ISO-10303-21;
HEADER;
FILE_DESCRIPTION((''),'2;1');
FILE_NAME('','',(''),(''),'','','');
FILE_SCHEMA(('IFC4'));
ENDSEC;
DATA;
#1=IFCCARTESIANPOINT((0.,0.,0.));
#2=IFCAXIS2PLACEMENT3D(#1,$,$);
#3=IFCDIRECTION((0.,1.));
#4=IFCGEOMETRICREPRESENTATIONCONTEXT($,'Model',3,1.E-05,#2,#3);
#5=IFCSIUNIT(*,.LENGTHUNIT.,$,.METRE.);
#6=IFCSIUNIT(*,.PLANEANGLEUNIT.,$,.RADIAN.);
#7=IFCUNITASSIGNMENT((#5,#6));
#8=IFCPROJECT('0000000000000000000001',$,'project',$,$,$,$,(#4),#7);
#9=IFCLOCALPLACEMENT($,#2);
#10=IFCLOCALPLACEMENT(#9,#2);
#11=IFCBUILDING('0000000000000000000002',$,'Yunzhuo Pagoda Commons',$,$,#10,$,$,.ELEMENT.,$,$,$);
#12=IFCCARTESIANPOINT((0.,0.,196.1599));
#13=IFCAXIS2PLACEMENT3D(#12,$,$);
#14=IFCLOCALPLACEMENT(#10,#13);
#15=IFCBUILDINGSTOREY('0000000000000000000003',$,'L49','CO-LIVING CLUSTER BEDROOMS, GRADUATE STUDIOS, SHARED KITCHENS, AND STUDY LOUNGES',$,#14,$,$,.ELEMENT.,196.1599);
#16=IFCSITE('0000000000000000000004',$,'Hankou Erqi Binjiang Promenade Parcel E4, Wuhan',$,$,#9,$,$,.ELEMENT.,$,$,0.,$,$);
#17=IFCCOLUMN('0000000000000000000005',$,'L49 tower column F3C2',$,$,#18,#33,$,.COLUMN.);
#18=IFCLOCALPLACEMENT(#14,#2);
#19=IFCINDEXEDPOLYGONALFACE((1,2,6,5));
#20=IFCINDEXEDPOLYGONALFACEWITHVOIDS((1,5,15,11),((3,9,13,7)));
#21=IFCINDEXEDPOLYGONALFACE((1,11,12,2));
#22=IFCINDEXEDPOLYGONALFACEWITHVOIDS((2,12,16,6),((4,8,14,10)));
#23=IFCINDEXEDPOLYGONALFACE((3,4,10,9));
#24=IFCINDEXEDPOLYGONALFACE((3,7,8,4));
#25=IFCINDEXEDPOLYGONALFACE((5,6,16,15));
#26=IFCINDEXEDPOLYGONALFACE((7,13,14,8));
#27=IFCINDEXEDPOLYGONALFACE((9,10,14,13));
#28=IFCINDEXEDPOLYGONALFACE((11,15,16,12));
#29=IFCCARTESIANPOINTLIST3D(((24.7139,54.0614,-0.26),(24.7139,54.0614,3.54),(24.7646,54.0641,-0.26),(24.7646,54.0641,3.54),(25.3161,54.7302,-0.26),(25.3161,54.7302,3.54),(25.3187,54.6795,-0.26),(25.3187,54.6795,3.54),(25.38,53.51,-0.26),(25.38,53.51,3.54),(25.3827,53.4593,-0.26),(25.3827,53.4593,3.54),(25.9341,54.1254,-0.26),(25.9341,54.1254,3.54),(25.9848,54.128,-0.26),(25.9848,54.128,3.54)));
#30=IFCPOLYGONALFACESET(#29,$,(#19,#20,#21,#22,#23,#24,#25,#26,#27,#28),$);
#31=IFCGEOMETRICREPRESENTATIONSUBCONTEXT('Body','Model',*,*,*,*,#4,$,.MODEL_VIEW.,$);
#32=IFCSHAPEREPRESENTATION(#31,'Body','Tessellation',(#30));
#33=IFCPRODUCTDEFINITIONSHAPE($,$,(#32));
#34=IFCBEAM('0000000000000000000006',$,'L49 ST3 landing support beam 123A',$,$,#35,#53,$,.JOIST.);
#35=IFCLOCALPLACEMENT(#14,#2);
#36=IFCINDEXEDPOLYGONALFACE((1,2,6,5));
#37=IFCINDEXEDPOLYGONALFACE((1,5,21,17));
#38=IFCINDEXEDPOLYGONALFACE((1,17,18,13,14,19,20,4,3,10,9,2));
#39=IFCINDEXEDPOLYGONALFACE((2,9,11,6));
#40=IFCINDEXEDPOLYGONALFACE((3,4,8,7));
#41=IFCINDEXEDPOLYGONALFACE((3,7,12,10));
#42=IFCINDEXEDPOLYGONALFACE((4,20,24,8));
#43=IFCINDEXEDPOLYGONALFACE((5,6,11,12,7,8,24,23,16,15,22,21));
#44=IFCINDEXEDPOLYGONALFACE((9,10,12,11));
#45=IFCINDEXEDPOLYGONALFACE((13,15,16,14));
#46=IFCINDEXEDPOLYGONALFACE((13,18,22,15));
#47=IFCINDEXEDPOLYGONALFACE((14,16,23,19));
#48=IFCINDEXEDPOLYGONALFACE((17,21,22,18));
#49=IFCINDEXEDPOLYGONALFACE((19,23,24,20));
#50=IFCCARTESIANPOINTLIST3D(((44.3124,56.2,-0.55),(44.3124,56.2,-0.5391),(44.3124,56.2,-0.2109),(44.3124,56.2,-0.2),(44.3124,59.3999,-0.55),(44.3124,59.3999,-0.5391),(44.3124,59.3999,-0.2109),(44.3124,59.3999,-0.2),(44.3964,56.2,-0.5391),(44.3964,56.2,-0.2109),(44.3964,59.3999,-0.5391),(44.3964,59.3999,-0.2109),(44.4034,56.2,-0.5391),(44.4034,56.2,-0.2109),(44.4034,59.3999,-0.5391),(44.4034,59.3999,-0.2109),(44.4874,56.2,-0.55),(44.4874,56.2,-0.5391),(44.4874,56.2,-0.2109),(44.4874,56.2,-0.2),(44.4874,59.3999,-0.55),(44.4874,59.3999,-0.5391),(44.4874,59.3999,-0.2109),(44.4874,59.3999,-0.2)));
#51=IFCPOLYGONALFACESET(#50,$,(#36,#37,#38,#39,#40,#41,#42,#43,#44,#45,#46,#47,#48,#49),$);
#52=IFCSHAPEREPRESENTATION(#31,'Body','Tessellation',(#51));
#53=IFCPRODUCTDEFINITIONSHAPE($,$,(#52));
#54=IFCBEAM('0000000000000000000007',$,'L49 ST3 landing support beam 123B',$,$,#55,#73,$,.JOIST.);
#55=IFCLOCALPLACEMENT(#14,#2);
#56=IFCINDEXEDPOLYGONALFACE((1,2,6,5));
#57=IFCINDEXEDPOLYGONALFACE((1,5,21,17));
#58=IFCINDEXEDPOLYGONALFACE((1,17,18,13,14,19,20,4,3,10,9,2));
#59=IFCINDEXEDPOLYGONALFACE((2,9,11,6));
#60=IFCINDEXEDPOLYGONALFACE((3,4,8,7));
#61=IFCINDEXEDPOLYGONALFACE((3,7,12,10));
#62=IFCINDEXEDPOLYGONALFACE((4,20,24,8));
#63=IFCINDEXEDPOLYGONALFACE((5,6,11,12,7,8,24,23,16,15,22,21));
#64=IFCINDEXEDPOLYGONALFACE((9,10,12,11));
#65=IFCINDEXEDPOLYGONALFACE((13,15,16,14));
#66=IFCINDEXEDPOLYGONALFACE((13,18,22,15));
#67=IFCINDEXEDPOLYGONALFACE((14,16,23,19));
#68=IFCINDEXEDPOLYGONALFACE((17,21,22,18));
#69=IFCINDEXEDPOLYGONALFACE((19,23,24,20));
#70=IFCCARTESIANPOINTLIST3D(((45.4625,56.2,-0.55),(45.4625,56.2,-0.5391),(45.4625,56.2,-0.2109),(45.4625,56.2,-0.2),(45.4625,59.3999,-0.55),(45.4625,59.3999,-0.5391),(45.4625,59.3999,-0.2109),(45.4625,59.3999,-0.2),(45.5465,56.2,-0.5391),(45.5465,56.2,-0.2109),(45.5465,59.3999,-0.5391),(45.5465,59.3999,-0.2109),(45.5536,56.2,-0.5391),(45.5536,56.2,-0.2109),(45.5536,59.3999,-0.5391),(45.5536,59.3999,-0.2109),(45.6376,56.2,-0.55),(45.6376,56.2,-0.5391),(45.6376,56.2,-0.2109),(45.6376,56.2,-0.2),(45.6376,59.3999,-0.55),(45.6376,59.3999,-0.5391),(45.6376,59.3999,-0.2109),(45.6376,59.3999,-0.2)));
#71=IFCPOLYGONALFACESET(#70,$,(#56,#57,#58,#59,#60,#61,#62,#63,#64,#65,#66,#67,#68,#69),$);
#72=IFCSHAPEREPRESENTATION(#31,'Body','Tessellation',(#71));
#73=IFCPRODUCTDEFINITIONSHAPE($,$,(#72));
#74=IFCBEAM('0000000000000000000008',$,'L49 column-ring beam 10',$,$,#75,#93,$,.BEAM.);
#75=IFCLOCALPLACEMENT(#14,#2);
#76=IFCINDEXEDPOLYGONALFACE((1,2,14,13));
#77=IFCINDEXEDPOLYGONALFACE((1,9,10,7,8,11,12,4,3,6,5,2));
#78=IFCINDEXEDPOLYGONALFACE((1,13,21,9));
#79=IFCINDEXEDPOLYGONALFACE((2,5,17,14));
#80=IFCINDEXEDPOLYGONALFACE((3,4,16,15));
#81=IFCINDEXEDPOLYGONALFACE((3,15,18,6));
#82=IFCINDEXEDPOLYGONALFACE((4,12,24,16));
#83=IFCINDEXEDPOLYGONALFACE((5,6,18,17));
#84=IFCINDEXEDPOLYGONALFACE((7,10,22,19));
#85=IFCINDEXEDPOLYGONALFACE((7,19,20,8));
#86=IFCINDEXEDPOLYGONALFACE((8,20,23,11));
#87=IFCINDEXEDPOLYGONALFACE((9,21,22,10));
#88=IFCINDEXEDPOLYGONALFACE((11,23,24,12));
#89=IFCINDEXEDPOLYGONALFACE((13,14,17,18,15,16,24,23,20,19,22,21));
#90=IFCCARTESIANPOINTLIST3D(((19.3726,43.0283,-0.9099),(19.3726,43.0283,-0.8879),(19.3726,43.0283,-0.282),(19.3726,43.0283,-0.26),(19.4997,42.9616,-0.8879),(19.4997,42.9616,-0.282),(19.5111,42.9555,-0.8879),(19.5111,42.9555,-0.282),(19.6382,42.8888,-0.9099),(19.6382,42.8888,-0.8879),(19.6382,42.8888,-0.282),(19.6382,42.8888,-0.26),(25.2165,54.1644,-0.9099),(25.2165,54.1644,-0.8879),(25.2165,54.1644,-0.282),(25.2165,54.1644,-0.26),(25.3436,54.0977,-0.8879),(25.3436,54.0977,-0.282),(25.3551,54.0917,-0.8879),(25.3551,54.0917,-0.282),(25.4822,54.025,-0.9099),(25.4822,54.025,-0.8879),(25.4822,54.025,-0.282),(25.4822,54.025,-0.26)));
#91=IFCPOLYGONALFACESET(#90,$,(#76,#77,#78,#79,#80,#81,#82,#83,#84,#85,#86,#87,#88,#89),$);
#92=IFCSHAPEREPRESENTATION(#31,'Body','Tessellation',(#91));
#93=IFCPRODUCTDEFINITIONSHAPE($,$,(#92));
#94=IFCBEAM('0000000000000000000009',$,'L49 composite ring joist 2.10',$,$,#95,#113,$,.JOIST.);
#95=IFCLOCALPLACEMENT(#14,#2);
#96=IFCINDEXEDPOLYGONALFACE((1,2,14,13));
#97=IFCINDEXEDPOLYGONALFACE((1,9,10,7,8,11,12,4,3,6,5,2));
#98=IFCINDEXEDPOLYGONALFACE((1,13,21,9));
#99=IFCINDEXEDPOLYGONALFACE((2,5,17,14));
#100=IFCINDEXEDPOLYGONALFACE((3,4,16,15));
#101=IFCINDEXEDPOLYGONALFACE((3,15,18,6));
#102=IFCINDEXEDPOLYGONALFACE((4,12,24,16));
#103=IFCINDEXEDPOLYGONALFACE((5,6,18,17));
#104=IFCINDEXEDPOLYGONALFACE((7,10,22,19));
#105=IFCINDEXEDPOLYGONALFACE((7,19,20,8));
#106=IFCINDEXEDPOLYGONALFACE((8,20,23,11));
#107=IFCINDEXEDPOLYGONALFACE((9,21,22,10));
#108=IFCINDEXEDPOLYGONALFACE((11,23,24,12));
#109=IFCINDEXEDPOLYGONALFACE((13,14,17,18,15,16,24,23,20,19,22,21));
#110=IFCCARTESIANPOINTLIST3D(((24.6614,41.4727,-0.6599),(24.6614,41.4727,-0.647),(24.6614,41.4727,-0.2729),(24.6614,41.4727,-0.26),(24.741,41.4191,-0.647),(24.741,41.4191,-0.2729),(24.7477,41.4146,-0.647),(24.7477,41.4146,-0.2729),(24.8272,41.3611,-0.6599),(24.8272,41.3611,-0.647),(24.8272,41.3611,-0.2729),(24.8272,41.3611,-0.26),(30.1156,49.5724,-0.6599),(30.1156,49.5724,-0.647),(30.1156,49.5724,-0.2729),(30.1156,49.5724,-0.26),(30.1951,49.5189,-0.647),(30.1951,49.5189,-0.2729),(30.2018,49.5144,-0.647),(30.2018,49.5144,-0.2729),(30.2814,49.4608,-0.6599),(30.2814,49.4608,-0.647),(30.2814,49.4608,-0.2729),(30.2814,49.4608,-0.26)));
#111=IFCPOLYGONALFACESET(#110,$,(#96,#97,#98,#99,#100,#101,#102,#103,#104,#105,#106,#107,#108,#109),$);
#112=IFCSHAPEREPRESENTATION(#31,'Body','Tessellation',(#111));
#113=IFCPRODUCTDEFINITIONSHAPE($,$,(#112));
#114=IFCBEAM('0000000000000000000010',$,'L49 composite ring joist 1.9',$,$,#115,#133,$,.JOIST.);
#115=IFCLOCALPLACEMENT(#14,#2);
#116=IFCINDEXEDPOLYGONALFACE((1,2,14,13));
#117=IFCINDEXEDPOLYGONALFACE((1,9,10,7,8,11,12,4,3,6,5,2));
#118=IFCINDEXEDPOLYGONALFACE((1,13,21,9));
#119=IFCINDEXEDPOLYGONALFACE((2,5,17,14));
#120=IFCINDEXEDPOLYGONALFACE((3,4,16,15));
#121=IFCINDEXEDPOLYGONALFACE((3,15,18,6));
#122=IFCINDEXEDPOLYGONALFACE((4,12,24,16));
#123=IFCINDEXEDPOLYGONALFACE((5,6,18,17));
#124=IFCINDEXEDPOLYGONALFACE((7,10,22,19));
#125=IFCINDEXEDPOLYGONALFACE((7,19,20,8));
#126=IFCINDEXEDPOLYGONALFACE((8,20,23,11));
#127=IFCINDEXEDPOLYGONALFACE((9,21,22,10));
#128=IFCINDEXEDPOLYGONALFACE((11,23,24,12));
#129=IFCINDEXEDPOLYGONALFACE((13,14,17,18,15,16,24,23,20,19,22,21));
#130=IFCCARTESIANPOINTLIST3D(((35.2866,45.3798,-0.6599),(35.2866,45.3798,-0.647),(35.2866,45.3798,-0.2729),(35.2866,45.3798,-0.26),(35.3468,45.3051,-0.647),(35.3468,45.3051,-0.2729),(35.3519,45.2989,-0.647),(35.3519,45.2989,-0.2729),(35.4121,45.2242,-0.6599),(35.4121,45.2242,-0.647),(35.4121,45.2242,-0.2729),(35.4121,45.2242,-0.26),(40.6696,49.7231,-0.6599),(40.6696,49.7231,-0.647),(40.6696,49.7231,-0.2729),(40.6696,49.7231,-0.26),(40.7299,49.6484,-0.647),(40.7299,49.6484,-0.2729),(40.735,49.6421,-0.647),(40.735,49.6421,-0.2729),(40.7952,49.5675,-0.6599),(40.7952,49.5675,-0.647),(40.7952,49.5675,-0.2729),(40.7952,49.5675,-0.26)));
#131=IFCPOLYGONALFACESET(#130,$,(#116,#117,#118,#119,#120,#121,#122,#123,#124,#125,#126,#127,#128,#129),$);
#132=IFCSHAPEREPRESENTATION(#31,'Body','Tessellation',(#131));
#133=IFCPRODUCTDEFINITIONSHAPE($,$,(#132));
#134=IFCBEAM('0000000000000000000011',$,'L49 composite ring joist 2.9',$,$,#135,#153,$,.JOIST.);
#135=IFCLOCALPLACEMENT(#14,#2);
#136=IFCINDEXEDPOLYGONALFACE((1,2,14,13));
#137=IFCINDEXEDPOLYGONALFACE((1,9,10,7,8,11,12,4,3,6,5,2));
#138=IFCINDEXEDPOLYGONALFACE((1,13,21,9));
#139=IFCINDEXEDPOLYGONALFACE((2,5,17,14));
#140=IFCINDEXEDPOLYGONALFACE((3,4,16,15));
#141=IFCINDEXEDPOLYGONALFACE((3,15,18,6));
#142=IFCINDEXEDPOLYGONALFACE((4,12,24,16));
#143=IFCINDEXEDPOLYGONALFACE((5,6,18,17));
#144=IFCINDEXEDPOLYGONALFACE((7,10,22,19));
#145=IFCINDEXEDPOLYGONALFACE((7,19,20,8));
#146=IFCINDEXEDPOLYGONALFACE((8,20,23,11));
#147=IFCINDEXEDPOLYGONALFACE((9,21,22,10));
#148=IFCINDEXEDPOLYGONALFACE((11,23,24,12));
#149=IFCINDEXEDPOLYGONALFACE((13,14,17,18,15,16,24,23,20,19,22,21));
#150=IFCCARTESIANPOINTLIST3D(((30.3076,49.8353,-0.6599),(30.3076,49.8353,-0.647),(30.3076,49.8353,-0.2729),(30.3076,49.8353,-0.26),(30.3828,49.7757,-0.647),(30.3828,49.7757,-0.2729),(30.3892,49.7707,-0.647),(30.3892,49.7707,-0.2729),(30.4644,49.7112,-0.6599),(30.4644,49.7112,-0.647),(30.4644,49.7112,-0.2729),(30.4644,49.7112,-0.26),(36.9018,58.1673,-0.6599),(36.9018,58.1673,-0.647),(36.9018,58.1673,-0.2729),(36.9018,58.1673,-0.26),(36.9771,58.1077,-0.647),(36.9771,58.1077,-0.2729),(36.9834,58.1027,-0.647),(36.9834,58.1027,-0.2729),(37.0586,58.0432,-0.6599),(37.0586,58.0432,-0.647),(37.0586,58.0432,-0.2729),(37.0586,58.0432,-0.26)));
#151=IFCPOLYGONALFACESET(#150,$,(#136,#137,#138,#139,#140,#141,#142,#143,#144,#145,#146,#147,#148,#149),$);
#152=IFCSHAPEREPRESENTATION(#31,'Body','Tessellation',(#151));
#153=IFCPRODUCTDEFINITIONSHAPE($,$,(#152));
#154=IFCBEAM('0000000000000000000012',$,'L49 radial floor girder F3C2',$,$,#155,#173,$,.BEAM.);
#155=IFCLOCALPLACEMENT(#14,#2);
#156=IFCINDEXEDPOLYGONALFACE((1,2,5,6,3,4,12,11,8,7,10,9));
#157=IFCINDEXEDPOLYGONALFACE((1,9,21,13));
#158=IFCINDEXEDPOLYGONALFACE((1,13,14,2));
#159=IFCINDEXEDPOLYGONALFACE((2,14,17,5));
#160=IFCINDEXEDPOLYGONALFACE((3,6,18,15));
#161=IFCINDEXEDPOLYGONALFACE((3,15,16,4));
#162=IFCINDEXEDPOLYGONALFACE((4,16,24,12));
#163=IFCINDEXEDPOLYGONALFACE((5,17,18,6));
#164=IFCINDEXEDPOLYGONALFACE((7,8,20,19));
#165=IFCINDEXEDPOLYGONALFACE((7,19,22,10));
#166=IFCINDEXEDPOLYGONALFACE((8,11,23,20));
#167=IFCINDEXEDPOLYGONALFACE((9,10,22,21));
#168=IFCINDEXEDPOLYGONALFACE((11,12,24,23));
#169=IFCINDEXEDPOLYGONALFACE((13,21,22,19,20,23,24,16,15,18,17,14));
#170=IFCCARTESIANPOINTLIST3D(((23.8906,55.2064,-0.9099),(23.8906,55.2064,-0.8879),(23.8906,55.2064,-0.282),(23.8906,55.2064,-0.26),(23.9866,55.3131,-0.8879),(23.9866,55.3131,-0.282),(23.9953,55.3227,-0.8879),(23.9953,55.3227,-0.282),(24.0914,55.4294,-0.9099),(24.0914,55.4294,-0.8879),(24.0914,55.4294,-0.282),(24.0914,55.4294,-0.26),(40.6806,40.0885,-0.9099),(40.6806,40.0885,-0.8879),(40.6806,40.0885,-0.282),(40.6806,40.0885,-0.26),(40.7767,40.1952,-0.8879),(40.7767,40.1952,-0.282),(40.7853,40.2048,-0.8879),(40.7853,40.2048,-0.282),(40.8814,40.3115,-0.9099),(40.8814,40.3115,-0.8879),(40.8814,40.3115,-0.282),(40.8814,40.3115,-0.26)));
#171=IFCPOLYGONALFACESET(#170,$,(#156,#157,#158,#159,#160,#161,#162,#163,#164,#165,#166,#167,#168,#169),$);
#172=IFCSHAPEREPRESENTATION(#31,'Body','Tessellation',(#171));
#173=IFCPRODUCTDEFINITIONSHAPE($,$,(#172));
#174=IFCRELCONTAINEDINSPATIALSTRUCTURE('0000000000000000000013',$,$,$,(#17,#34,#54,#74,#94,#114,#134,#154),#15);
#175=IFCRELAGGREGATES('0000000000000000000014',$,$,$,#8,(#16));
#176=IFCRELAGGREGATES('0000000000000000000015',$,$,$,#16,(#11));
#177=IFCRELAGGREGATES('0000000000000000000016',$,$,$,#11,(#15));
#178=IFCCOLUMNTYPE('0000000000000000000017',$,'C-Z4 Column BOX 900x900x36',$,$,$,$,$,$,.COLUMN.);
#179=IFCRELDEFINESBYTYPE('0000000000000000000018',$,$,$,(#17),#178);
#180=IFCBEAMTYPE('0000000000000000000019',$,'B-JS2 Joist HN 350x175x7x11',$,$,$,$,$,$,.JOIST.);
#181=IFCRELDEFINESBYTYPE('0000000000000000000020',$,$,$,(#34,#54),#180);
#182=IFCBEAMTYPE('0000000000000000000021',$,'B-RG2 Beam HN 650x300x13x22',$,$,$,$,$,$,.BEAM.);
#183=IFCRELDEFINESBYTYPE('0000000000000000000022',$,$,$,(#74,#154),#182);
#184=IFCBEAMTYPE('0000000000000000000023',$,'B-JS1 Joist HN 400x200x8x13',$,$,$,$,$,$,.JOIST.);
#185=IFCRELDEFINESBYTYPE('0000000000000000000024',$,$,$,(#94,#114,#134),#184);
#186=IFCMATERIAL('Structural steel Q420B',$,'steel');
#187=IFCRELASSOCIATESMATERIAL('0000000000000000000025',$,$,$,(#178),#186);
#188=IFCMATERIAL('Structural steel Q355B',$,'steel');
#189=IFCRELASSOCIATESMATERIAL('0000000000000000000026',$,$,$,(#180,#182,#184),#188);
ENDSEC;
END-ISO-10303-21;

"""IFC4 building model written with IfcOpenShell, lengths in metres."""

from ifc_helpers import new_model, si_unit, direction, frame, origin, origin_2d, place, context, subcontext, project, spatial, hollow_rectangle, i_section, extrude, source, transform, mapped, material, material_profile, profile_set, type_object, element, save


model = new_model("IFC4")

# Units and contexts
model_context = context("Model", 3, precision=1e-05, world=origin(), true_north=direction((0.0, 1.0)))
body_context = subcontext(model_context, "Body", "Model", "MODEL_VIEW")
ifc_project = project(units=[si_unit("LENGTHUNIT", "METRE"), si_unit("PLANEANGLEUNIT", "RADIAN")], contexts=[model_context])

# Site, building, storey
site_placement = place(None, origin())
site = spatial("IfcSite", under=ifc_project, at=site_placement, Name="Hankou Erqi Binjiang Promenade Parcel E4, Wuhan", CompositionType="ELEMENT", RefElevation=0.0)
building_placement = place(site_placement, origin())
building = spatial("IfcBuilding", under=site, at=building_placement, Name="Yunzhuo Pagoda Commons", CompositionType="ELEMENT")
storey_placement = place(building_placement, frame((0.0, 0.0, 196.1599)))
storey = spatial("IfcBuildingStorey", under=building, at=storey_placement, Name="L49", Description="CO-LIVING CLUSTER BEDROOMS, GRADUATE STUDIOS, SHARED KITCHENS, AND STUDY LOUNGES", CompositionType="ELEMENT", Elevation=196.1599)

# Column
ifc_material_1 = material(Name="Structural steel Q420B", Category="steel")
ifc_material_profile_1 = material_profile(ifc_material_1, hollow_rectangle(XDim=0.8999, YDim=0.8999, WallThickness=0.0359, at=origin_2d()), Name="Structural steel Q420B")
ifc_profile_set_1 = profile_set([ifc_material_profile_1], Name="Structural steel Q420B")
column_type = type_object("IfcColumnType", Name="C-Z4 Column BOX 900x900x36", PredefinedType="COLUMN", material=ifc_profile_set_1)
shared_shape_1 = source(origin(), body_context, "Body", "SweptSolid", [
    extrude(hollow_rectangle(XDim=0.8999, YDim=0.8999, WallThickness=0.0359, at=origin_2d()), origin(), (0.0, 0.0, 1.0), 3.8),
])
column_placement = place(storey_placement, frame((25.3494, 54.0947, -0.26), z_axis=(0.0, 0.0, 1.0), x_axis=(-0.669131, -0.743145, 0.0)))
element("IfcColumn", 1, at=column_placement, inside=storey, type_object=column_type, Name="L49 tower column F3C2", PredefinedType="COLUMN", context=body_context, shape_type="MappedRepresentation", body=[
    mapped(shared_shape_1, transform((0.0, 0.0, 0.0), scale=1.0)),
])

# Beams
ifc_material_2 = material(Name="Structural steel Q355B", Category="steel")
ifc_material_profile_2 = material_profile(ifc_material_2, i_section(OverallWidth=0.175, OverallDepth=0.3501, WebThickness=0.0071, FlangeThickness=0.011, at=origin_2d()), Name="Structural steel Q355B")
ifc_profile_set_2 = profile_set([ifc_material_profile_2], Name="Structural steel Q355B")
beam_type_1 = type_object("IfcBeamType", Name="B-JS2 Joist HN 350x175x7x11", PredefinedType="JOIST", material=ifc_profile_set_2)
shared_shape_2 = source(origin(), body_context, "Body", "SweptSolid", [
    extrude(i_section(OverallWidth=0.175, OverallDepth=0.3501, WebThickness=0.0071, FlangeThickness=0.011, at=origin_2d()), origin(), (0.0, 0.0, 1.0), 3.2),
])
for number, where, z_axis, x_axis, name in (
    (2, (44.3999, 56.2, -0.375), (0.0, 1.0, 0.0), (-1.0, 0.0, 0.0), "L49 ST3 landing support beam 123A"),
    (3, (45.55, 56.2, -0.375), (0.0, 1.0, 0.0), (-1.0, 0.0, 0.0), "L49 ST3 landing support beam 123B"),
):
    element("IfcBeam", number, at=place(storey_placement, frame(where, z_axis=z_axis, x_axis=x_axis)), inside=storey, type_object=beam_type_1, Name=name, PredefinedType="JOIST", context=body_context, shape_type="MappedRepresentation", body=[
        mapped(shared_shape_2, transform((0.0, 0.0, 0.0), scale=1.0)),
    ])
ifc_material_profile_3 = material_profile(ifc_material_2, i_section(OverallWidth=0.3, OverallDepth=0.6499, WebThickness=0.0129, FlangeThickness=0.022, at=origin_2d()), Name="Structural steel Q355B")
ifc_profile_set_3 = profile_set([ifc_material_profile_3], Name="Structural steel Q355B")
beam_type_2 = type_object("IfcBeamType", Name="B-RG2 Beam HN 650x300x13x22", PredefinedType="BEAM", material=ifc_profile_set_3)
shared_shape_3 = source(origin(), body_context, "Body", "SweptSolid", [
    extrude(i_section(OverallWidth=0.3, OverallDepth=0.6499, WebThickness=0.0129, FlangeThickness=0.022, at=origin_2d()), origin(), (0.0, 0.0, 1.0), 12.5764),
])
beam_1_placement = place(storey_placement, frame((25.3494, 54.0947, -0.585), z_axis=(-0.464676, -0.885481, 0.0), x_axis=(0.885481, -0.464676, 0.0)))
element("IfcBeam", 4, at=beam_1_placement, inside=storey, type_object=beam_type_2, Name="L49 column-ring beam 10", PredefinedType="BEAM", context=body_context, shape_type="MappedRepresentation", body=[
    mapped(shared_shape_3, transform((0.0, 0.0, 0.0), scale=1.0)),
])
ifc_material_profile_4 = material_profile(ifc_material_2, i_section(OverallWidth=0.2, OverallDepth=0.3999, WebThickness=0.0081, FlangeThickness=0.0129, at=origin_2d()), Name="Structural steel Q355B")
ifc_profile_set_4 = profile_set([ifc_material_profile_4], Name="Structural steel Q355B")
beam_type_3 = type_object("IfcBeamType", Name="B-JS1 Joist HN 400x200x8x13", PredefinedType="JOIST", material=ifc_profile_set_4)
shared_shape_4 = source(origin(), body_context, "Body", "SweptSolid", [
    extrude(i_section(OverallWidth=0.2, OverallDepth=0.3999, WebThickness=0.0081, FlangeThickness=0.0129, at=origin_2d()), origin(), (0.0, 0.0, 1.0), 9.7649),
])
beam_2_placement = place(storey_placement, frame((30.1985, 49.5166, -0.46), z_axis=(-0.558548, -0.829472, 0.0), x_axis=(0.829472, -0.558548, 0.0)))
element("IfcBeam", 5, at=beam_2_placement, inside=storey, type_object=beam_type_3, Name="L49 composite ring joist 2.10", PredefinedType="JOIST", context=body_context, shape_type="MappedRepresentation", body=[
    mapped(shared_shape_4, transform((0.0, 0.0, 0.0), scale=1.0)),
])
shared_shape_5 = source(origin(), body_context, "Body", "SweptSolid", [
    extrude(i_section(OverallWidth=0.2, OverallDepth=0.3999, WebThickness=0.0081, FlangeThickness=0.0129, at=origin_2d()), origin(), (0.0, 0.0, 1.0), 6.9167),
])
beam_3_placement = place(storey_placement, frame((40.7324, 49.6453, -0.46), z_axis=(-0.778266, -0.627935, 0.0), x_axis=(0.627935, -0.778266, 0.0)))
element("IfcBeam", 6, at=beam_3_placement, inside=storey, type_object=beam_type_3, Name="L49 composite ring joist 1.9", PredefinedType="JOIST", context=body_context, shape_type="MappedRepresentation", body=[
    mapped(shared_shape_5, transform((0.0, 0.0, 0.0), scale=1.0)),
])
shared_shape_6 = source(origin(), body_context, "Body", "SweptSolid", [
    extrude(i_section(OverallWidth=0.2, OverallDepth=0.3999, WebThickness=0.0081, FlangeThickness=0.0129, at=origin_2d()), origin(), (0.0, 0.0, 1.0), 10.6257),
])
beam_4_placement = place(storey_placement, frame((36.9802, 58.1052, -0.46), z_axis=(-0.62059, -0.784135, 0.0), x_axis=(0.784135, -0.62059, 0.0)))
element("IfcBeam", 7, at=beam_4_placement, inside=storey, type_object=beam_type_3, Name="L49 composite ring joist 2.9", PredefinedType="JOIST", context=body_context, shape_type="MappedRepresentation", body=[
    mapped(shared_shape_6, transform((0.0, 0.0, 0.0), scale=1.0)),
])
shared_shape_7 = source(origin(), body_context, "Body", "SweptSolid", [
    extrude(i_section(OverallWidth=0.3, OverallDepth=0.6499, WebThickness=0.0129, FlangeThickness=0.022, at=origin_2d()), origin(), (0.0, 0.0, 1.0), 22.5933),
])
beam_5_placement = place(storey_placement, frame((23.991, 55.3179, -0.585), z_axis=(0.743143, -0.669133, 0.0), x_axis=(0.669133, 0.743143, 0.0)))
element("IfcBeam", 8, at=beam_5_placement, inside=storey, type_object=beam_type_2, Name="L49 radial floor girder F3C2", PredefinedType="BEAM", context=body_context, shape_type="MappedRepresentation", body=[
    mapped(shared_shape_7, transform((0.0, 0.0, 0.0), scale=1.0)),
])

save(model, "model.ifc")
